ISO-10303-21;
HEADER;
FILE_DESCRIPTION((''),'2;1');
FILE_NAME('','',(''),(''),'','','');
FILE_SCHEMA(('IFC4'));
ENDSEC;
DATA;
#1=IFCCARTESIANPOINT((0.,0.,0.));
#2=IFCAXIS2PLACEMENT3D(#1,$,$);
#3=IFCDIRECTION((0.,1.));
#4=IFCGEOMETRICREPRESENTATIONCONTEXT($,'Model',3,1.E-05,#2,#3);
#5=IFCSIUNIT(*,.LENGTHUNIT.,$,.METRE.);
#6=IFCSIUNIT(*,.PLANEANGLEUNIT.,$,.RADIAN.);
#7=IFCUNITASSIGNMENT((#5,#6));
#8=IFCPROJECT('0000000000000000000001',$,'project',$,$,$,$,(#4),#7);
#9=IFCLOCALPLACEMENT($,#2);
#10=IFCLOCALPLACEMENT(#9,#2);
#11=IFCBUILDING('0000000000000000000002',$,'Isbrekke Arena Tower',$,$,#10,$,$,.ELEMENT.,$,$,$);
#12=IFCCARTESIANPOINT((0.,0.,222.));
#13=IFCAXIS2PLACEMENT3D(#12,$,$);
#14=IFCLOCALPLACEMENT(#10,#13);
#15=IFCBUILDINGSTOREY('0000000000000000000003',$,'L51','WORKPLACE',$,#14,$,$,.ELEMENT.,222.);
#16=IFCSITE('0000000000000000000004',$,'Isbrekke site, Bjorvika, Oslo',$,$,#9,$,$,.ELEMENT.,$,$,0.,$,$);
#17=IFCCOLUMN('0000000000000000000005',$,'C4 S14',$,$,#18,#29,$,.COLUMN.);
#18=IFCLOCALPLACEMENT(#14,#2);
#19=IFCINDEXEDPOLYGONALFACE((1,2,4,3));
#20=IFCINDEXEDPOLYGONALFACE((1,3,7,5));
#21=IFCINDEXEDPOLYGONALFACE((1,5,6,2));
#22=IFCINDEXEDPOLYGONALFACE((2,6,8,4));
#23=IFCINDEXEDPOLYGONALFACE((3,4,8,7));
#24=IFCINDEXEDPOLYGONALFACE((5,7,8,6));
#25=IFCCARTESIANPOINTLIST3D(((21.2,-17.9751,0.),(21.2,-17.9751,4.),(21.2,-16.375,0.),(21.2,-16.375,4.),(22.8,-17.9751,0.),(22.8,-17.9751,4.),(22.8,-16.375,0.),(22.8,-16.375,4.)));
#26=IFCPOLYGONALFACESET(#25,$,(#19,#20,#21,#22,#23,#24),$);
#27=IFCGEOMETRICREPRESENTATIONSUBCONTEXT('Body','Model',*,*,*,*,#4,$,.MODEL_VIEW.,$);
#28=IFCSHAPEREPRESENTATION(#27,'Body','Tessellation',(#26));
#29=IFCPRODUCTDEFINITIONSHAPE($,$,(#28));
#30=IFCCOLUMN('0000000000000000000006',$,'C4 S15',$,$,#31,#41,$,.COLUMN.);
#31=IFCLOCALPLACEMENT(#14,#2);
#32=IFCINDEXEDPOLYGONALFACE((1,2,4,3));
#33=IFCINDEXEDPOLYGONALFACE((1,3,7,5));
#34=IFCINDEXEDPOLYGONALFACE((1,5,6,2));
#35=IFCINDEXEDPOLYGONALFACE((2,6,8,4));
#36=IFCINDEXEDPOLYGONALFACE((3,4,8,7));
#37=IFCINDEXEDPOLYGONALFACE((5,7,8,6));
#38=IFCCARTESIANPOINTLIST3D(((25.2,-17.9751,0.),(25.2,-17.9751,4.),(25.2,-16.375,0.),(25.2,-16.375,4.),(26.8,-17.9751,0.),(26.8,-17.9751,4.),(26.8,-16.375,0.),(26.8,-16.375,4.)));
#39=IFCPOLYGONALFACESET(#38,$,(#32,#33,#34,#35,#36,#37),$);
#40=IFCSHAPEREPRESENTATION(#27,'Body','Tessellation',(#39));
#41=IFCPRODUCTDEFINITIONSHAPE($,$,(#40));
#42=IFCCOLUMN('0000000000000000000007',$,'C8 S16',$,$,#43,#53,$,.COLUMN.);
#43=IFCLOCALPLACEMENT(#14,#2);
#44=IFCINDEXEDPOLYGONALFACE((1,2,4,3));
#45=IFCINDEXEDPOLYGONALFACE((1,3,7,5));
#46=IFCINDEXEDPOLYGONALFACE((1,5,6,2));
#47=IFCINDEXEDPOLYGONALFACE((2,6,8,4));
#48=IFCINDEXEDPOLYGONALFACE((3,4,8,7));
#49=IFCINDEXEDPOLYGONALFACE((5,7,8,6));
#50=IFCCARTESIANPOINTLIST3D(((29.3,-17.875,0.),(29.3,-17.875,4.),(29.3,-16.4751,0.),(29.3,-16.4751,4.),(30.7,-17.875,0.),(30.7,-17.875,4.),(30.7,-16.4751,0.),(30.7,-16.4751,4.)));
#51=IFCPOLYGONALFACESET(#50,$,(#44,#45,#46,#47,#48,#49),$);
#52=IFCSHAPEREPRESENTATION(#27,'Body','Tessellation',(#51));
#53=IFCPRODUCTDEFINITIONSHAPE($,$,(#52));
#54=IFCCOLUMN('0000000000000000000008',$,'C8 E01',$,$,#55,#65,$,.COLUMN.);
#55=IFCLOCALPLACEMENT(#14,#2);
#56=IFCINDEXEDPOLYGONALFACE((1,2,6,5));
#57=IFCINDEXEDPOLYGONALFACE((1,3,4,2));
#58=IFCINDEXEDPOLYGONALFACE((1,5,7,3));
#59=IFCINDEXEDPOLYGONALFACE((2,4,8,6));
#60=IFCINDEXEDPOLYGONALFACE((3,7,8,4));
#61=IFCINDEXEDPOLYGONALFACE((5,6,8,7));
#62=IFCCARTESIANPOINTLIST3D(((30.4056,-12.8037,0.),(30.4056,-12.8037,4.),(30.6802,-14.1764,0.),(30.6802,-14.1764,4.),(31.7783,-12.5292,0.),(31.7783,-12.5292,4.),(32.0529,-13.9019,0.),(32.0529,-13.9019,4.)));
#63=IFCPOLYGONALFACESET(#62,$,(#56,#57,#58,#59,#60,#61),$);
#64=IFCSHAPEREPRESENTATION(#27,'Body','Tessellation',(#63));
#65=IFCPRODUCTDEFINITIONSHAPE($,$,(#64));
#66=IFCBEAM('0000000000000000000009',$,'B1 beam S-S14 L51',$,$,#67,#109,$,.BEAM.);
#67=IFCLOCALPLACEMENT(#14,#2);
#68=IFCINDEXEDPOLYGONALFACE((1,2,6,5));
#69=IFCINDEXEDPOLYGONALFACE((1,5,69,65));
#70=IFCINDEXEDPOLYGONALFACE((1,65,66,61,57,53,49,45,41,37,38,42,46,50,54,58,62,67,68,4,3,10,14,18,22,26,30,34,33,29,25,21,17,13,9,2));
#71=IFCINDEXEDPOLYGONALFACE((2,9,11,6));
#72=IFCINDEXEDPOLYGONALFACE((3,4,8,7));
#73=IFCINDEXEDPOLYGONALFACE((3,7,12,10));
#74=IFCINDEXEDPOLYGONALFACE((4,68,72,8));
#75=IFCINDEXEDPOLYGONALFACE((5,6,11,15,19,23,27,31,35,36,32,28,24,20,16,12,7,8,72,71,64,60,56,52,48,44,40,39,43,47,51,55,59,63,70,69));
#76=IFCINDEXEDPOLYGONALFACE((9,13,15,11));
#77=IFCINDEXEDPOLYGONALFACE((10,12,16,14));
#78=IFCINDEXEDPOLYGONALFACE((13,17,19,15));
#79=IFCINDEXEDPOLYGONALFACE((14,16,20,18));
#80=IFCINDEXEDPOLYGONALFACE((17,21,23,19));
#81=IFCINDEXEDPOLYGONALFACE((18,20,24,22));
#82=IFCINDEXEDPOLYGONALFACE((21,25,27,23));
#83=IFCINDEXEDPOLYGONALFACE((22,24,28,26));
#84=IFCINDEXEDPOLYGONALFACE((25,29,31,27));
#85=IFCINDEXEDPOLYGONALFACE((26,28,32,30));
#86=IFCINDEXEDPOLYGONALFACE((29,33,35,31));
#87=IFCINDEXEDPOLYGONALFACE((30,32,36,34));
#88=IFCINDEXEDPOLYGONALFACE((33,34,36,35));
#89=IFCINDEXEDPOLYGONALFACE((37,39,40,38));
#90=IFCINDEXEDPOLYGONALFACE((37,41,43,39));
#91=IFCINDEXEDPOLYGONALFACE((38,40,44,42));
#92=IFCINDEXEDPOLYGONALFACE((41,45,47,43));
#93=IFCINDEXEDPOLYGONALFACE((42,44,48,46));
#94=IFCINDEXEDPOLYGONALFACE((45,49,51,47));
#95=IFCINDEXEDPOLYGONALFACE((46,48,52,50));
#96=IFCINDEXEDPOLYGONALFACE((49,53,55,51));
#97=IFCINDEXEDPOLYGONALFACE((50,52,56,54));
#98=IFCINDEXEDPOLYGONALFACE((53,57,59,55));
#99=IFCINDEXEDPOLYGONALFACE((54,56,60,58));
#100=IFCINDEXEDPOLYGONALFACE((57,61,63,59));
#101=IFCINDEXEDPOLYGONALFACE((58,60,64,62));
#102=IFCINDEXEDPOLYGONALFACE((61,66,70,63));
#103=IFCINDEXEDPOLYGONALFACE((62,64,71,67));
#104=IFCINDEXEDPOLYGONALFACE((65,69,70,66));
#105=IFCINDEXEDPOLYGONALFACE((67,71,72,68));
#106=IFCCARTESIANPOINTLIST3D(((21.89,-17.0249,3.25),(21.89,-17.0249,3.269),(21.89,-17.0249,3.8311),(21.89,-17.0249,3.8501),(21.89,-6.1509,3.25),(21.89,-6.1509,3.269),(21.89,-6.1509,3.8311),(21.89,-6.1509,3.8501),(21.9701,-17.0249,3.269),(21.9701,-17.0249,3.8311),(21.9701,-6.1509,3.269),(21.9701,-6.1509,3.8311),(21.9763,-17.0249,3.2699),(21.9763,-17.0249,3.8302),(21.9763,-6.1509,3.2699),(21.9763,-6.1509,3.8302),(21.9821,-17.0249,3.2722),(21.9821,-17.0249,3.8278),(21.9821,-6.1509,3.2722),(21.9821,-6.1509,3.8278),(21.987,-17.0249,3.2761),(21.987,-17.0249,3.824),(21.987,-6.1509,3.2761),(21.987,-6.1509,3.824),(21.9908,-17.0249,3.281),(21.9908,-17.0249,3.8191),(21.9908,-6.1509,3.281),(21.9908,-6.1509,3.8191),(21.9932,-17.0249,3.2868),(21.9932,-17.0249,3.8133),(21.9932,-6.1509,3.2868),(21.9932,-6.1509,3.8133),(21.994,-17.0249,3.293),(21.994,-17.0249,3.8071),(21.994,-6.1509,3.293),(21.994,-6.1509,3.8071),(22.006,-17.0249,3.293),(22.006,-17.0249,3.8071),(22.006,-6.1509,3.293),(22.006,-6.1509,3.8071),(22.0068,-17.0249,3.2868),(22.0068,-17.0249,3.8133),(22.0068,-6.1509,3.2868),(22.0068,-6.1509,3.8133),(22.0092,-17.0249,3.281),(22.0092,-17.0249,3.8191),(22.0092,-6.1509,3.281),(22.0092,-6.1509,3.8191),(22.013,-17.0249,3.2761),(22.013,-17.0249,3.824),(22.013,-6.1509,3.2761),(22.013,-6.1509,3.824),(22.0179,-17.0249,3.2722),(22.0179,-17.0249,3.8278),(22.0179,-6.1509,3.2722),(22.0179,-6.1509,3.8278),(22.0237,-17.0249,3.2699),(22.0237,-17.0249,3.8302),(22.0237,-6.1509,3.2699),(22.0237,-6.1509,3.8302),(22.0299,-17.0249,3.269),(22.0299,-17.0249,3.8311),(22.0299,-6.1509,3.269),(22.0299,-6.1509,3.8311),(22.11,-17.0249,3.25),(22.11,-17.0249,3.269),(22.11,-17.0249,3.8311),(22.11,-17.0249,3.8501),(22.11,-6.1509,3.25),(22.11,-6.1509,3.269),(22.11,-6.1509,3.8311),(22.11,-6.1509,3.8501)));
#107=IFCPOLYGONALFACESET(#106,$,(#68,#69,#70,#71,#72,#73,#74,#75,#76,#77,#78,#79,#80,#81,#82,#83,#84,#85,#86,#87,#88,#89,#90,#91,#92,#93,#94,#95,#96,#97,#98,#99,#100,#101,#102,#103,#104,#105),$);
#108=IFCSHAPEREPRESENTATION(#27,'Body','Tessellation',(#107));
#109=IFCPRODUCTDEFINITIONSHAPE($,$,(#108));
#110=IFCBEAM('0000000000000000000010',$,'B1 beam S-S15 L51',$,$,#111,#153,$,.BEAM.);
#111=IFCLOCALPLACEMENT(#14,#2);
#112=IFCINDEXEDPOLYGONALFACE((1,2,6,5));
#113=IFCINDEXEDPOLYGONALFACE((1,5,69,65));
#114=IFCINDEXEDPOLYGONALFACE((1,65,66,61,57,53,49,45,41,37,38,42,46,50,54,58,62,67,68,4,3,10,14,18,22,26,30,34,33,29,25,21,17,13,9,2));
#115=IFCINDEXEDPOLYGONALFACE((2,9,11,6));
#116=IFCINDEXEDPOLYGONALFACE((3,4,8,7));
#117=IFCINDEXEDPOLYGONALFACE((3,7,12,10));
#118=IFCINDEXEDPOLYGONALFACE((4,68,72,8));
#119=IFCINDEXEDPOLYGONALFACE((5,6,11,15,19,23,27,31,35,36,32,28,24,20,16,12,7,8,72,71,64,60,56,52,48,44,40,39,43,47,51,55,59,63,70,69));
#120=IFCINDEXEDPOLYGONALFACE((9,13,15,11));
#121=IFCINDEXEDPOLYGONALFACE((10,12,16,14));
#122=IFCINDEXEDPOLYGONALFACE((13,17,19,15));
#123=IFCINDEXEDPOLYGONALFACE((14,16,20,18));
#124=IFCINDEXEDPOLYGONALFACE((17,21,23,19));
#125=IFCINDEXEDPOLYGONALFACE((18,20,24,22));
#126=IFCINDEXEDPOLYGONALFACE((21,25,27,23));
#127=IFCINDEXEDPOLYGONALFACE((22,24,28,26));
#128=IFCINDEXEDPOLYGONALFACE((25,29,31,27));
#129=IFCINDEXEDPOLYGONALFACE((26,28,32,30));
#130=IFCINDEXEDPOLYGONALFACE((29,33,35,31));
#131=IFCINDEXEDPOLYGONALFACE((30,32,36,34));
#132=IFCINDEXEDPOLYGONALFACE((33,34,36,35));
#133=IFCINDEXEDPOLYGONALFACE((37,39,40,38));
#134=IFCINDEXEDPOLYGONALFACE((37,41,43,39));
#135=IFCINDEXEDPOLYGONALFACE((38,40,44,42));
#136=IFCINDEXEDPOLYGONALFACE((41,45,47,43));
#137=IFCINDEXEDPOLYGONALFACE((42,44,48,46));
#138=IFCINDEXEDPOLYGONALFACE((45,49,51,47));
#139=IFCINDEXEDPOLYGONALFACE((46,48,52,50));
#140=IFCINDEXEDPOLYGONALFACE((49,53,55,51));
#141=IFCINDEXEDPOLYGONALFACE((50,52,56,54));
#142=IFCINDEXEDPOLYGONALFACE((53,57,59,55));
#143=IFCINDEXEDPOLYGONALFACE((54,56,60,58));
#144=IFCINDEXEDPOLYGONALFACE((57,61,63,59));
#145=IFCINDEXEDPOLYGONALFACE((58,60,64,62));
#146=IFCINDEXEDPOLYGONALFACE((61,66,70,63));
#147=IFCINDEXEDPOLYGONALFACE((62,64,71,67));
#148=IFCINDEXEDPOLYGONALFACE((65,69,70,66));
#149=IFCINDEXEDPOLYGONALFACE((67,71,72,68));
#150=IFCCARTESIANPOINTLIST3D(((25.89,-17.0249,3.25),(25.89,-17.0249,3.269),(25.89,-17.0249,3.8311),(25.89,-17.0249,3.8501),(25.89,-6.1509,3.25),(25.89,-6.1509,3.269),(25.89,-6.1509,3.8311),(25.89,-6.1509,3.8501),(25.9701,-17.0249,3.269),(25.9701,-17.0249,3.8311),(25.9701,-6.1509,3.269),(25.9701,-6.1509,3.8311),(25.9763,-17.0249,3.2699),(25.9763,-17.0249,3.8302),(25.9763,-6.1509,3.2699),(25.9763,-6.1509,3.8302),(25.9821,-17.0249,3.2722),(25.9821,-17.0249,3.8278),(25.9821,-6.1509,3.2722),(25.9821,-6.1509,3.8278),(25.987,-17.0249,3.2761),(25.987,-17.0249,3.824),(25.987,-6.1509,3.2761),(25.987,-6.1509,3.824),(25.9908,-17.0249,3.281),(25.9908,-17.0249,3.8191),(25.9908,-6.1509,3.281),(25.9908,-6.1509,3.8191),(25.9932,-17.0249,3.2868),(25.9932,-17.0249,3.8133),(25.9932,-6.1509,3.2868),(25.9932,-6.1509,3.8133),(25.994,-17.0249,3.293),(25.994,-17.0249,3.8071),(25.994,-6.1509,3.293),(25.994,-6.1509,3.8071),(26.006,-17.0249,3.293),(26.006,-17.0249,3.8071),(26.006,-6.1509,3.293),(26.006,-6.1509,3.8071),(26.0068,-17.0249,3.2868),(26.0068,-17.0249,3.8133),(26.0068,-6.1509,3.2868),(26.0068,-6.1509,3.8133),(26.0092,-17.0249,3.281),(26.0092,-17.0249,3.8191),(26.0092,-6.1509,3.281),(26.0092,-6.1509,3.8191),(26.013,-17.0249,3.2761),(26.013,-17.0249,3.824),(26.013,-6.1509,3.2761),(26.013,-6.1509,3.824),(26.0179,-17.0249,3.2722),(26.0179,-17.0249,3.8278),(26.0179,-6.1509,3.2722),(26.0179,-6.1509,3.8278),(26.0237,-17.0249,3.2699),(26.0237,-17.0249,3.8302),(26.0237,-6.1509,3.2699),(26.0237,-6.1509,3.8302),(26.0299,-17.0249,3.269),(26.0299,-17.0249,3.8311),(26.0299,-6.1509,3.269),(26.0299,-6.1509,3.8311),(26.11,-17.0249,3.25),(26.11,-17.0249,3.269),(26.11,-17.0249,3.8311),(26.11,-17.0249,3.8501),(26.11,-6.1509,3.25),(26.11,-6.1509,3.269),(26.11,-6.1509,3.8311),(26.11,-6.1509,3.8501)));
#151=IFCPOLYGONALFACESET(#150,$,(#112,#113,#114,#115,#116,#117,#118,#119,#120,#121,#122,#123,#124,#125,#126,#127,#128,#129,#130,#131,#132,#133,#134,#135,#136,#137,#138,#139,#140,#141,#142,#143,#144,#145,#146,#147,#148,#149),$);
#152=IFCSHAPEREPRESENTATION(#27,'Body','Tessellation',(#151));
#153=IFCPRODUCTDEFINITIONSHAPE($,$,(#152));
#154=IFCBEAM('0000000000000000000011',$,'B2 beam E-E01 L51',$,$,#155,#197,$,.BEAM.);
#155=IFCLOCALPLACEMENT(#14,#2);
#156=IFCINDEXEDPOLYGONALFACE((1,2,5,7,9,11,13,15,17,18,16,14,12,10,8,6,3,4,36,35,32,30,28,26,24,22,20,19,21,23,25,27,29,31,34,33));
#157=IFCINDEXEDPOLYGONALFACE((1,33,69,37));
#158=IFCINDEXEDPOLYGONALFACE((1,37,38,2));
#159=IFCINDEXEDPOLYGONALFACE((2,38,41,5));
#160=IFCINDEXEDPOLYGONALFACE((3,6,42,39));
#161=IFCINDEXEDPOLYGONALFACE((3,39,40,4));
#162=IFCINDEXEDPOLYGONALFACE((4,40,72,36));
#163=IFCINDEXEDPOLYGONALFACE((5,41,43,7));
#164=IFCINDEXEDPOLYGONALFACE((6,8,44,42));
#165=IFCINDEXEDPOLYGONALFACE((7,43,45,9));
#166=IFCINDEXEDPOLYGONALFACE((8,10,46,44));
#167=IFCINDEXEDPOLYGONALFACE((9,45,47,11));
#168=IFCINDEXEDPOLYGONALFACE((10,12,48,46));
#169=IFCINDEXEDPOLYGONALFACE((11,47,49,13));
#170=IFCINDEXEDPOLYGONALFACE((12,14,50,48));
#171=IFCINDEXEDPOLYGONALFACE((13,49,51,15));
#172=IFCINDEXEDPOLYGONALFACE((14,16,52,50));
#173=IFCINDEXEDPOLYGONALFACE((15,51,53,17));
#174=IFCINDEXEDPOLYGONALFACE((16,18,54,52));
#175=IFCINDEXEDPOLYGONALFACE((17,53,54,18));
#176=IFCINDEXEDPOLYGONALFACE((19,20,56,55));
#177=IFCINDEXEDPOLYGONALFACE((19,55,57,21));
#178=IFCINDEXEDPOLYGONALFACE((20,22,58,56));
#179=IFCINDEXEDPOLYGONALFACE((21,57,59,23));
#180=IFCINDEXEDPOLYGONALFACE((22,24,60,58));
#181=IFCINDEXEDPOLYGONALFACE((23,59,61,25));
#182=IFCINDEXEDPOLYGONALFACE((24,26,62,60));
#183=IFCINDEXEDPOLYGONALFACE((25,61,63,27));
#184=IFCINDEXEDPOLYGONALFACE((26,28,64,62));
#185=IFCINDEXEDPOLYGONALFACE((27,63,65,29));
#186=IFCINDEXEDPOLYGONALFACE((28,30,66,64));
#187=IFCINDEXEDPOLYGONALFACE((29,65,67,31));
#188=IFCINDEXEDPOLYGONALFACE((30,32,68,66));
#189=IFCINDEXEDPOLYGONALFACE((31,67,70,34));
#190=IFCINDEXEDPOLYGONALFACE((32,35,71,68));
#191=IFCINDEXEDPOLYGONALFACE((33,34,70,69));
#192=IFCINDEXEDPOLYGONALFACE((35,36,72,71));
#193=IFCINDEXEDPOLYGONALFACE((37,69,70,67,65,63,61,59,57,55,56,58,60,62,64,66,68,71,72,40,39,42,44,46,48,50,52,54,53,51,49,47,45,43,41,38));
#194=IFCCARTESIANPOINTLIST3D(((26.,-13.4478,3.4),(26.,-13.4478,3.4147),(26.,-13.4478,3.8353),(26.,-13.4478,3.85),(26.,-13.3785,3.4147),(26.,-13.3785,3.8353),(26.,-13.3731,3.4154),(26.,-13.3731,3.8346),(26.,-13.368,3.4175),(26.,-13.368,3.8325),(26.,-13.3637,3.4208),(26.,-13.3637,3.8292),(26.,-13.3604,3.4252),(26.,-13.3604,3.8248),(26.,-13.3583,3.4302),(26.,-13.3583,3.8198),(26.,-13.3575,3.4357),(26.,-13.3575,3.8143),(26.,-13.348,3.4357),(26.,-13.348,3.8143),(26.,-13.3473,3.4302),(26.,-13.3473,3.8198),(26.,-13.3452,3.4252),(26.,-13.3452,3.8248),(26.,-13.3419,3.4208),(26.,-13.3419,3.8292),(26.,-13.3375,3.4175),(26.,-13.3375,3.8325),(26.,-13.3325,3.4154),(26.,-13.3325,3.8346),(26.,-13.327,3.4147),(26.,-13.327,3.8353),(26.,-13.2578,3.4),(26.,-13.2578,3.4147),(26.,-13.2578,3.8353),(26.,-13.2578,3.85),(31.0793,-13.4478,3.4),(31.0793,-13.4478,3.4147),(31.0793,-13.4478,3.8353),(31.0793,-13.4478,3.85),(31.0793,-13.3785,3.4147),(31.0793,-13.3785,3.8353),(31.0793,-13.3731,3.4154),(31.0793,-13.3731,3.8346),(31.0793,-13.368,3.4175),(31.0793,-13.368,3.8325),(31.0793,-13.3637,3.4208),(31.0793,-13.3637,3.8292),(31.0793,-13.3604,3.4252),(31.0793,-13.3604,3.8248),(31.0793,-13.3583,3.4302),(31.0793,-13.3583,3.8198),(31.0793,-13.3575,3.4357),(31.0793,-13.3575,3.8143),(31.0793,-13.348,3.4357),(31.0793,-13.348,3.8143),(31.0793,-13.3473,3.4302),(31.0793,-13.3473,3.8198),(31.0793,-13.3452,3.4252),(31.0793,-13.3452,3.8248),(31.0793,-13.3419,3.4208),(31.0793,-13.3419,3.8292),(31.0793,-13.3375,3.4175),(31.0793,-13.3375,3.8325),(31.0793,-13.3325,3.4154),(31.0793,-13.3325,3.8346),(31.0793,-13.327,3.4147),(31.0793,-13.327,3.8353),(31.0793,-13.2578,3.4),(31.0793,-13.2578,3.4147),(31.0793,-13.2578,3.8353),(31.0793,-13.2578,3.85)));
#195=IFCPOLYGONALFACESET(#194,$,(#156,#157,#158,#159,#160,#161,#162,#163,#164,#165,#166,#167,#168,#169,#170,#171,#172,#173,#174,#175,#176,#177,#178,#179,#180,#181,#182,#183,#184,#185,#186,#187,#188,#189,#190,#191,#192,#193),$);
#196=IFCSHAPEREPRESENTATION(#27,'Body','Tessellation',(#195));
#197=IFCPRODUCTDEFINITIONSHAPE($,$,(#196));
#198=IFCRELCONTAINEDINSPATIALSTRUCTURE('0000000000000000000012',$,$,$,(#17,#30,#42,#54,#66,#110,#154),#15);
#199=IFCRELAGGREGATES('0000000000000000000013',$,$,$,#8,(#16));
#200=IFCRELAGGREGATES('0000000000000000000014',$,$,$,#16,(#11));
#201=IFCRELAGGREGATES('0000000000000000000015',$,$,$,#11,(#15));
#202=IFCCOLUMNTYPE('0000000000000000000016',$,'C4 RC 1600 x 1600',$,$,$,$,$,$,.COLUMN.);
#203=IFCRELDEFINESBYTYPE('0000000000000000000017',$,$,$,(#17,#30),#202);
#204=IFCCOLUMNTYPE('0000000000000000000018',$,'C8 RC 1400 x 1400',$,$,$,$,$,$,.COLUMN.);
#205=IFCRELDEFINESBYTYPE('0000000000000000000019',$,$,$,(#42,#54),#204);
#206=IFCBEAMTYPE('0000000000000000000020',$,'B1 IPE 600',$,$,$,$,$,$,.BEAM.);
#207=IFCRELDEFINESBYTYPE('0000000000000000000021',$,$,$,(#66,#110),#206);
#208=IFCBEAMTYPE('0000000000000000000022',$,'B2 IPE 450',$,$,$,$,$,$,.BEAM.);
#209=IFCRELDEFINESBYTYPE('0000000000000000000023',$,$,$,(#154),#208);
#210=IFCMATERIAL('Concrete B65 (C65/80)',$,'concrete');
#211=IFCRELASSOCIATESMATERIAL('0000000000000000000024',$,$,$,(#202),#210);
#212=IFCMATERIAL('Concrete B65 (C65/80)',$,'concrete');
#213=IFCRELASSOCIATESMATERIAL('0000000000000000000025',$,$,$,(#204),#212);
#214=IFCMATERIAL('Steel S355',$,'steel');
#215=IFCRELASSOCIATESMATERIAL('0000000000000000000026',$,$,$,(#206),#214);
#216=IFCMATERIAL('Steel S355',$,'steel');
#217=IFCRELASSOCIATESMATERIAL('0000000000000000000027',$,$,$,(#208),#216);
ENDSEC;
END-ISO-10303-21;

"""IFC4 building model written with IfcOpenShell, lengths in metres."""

from ifc_helpers import new_model, si_unit, direction, frame, origin, origin_2d, place, context, subcontext, project, spatial, rectangle, i_section, extrude, material, material_profile, profile_set, type_object, element, save


model = new_model("IFC4")

# Units and contexts
model_context = context("Model", 3, precision=1e-05, world=origin(), true_north=direction((0.0, 1.0)))
body_context = subcontext(model_context, "Body", "Model", "MODEL_VIEW")
ifc_project = project(units=[si_unit("LENGTHUNIT", "METRE"), si_unit("PLANEANGLEUNIT", "RADIAN")], contexts=[model_context])

# Site, building, storey
site_placement = place(None, origin())
site = spatial("IfcSite", under=ifc_project, at=site_placement, Name="Isbrekke site, Bjorvika, Oslo", CompositionType="ELEMENT", RefElevation=0.0)
building_placement = place(site_placement, origin())
building = spatial("IfcBuilding", under=site, at=building_placement, Name="Isbrekke Arena Tower", CompositionType="ELEMENT")
storey_placement = place(building_placement, frame((0.0, 0.0, 222.0)))
storey = spatial("IfcBuildingStorey", under=building, at=storey_placement, Name="L51", Description="WORKPLACE", CompositionType="ELEMENT", Elevation=222.0)

# Columns
ifc_material_1 = material(Name="Concrete B65 (C65/80)", Category="concrete")
ifc_material_profile_1 = material_profile(ifc_material_1, rectangle(XDim=1.6001, YDim=1.6001, at=origin_2d()), Name="RC 1600x1600")
ifc_profile_set_1 = profile_set([ifc_material_profile_1], Name="Concrete B65 (C65/80)")
column_type_1 = type_object("IfcColumnType", Name="C4 RC 1600 x 1600", PredefinedType="COLUMN", material=ifc_profile_set_1)
for number, where, z_axis, x_axis, name in (
    (1, (22.0, -17.175, 0.0), (0.0, 0.0, 1.0), (1.0, 0.0, 0.0), "C4 S14"),
    (2, (26.0, -17.175, 0.0), (0.0, 0.0, 1.0), (1.0, 0.0, 0.0), "C4 S15"),
):
    element("IfcColumn", number, at=place(storey_placement, frame(where, z_axis=z_axis, x_axis=x_axis)), inside=storey, type_object=column_type_1, Name=name, PredefinedType="COLUMN", context=body_context, shape_type="SweptSolid", body=[
        extrude(rectangle(XDim=1.6001, YDim=1.6001, at=origin_2d()), origin(), (0.0, 0.0, 1.0), 4.0),
    ])
ifc_material_2 = material(Name="Concrete B65 (C65/80)", Category="concrete")
ifc_material_profile_2 = material_profile(ifc_material_2, rectangle(XDim=1.3999, YDim=1.3999, at=origin_2d()), Name="RC 1400x1400")
ifc_profile_set_2 = profile_set([ifc_material_profile_2], Name="Concrete B65 (C65/80)")
column_type_2 = type_object("IfcColumnType", Name="C8 RC 1400 x 1400", PredefinedType="COLUMN", material=ifc_profile_set_2)
for number, where, z_axis, x_axis, name in (
    (3, (30.0, -17.175, 0.0), (0.0, 0.0, 1.0), (1.0, 0.0, 0.0), "C8 S16"),
    (4, (31.2292, -13.3528, 0.0), (0.0, 0.0, 1.0), (-0.196116, 0.980581, 0.0), "C8 E01"),
):
    element("IfcColumn", number, at=place(storey_placement, frame(where, z_axis=z_axis, x_axis=x_axis)), inside=storey, type_object=column_type_2, Name=name, PredefinedType="COLUMN", context=body_context, shape_type="SweptSolid", body=[
        extrude(rectangle(XDim=1.3999, YDim=1.3999, at=origin_2d()), origin(), (0.0, 0.0, 1.0), 4.0),
    ])

# Beams
ifc_material_3 = material(Name="Steel S355", Category="steel")
ifc_material_profile_3 = material_profile(ifc_material_3, i_section(OverallWidth=0.22, OverallDepth=0.6001, WebThickness=0.012, FlangeThickness=0.019, FilletRadius=0.0239, at=origin_2d()), Name="IPE 600")
ifc_profile_set_3 = profile_set([ifc_material_profile_3], Name="Steel S355")
beam_type_1 = type_object("IfcBeamType", Name="B1 IPE 600", PredefinedType="BEAM", material=ifc_profile_set_3)
for number, where, z_axis, x_axis, name in (
    (5, (22.0, -17.0249, 3.55), (0.0, 1.0, 0.0), (-1.0, 0.0, 0.0), "B1 beam S-S14 L51"),
    (6, (26.0, -17.0249, 3.55), (0.0, 1.0, 0.0), (-1.0, 0.0, 0.0), "B1 beam S-S15 L51"),
):
    element("IfcBeam", number, at=place(storey_placement, frame(where, z_axis=z_axis, x_axis=x_axis)), inside=storey, type_object=beam_type_1, Name=name, PredefinedType="BEAM", context=body_context, shape_type="SweptSolid", body=[
        extrude(i_section(OverallWidth=0.22, OverallDepth=0.6001, WebThickness=0.012, FlangeThickness=0.019, FilletRadius=0.0239, at=origin_2d()), origin(), (0.0, 0.0, 1.0), 10.874),
    ])
ifc_material_4 = material(Name="Steel S355", Category="steel")
ifc_material_profile_4 = material_profile(ifc_material_4, i_section(OverallWidth=0.1899, OverallDepth=0.45, WebThickness=0.0095, FlangeThickness=0.0146, FilletRadius=0.021, at=origin_2d()), Name="IPE 450")
ifc_profile_set_4 = profile_set([ifc_material_profile_4], Name="Steel S355")
beam_type_2 = type_object("IfcBeamType", Name="B2 IPE 450", PredefinedType="BEAM", material=ifc_profile_set_4)
beam_1_placement = place(storey_placement, frame((31.0793, -13.3528, 3.625), z_axis=(-1.0, 0.0, 0.0), x_axis=(0.0, -1.0, 0.0)))
element("IfcBeam", 7, at=beam_1_placement, inside=storey, type_object=beam_type_2, Name="B2 beam E-E01 L51", PredefinedType="BEAM", context=body_context, shape_type="SweptSolid", body=[
    extrude(i_section(OverallWidth=0.1899, OverallDepth=0.45, WebThickness=0.0095, FlangeThickness=0.0146, FilletRadius=0.021, at=origin_2d()), origin(), (0.0, 0.0, 1.0), 5.0793),
])

save(model, "model.ifc")
